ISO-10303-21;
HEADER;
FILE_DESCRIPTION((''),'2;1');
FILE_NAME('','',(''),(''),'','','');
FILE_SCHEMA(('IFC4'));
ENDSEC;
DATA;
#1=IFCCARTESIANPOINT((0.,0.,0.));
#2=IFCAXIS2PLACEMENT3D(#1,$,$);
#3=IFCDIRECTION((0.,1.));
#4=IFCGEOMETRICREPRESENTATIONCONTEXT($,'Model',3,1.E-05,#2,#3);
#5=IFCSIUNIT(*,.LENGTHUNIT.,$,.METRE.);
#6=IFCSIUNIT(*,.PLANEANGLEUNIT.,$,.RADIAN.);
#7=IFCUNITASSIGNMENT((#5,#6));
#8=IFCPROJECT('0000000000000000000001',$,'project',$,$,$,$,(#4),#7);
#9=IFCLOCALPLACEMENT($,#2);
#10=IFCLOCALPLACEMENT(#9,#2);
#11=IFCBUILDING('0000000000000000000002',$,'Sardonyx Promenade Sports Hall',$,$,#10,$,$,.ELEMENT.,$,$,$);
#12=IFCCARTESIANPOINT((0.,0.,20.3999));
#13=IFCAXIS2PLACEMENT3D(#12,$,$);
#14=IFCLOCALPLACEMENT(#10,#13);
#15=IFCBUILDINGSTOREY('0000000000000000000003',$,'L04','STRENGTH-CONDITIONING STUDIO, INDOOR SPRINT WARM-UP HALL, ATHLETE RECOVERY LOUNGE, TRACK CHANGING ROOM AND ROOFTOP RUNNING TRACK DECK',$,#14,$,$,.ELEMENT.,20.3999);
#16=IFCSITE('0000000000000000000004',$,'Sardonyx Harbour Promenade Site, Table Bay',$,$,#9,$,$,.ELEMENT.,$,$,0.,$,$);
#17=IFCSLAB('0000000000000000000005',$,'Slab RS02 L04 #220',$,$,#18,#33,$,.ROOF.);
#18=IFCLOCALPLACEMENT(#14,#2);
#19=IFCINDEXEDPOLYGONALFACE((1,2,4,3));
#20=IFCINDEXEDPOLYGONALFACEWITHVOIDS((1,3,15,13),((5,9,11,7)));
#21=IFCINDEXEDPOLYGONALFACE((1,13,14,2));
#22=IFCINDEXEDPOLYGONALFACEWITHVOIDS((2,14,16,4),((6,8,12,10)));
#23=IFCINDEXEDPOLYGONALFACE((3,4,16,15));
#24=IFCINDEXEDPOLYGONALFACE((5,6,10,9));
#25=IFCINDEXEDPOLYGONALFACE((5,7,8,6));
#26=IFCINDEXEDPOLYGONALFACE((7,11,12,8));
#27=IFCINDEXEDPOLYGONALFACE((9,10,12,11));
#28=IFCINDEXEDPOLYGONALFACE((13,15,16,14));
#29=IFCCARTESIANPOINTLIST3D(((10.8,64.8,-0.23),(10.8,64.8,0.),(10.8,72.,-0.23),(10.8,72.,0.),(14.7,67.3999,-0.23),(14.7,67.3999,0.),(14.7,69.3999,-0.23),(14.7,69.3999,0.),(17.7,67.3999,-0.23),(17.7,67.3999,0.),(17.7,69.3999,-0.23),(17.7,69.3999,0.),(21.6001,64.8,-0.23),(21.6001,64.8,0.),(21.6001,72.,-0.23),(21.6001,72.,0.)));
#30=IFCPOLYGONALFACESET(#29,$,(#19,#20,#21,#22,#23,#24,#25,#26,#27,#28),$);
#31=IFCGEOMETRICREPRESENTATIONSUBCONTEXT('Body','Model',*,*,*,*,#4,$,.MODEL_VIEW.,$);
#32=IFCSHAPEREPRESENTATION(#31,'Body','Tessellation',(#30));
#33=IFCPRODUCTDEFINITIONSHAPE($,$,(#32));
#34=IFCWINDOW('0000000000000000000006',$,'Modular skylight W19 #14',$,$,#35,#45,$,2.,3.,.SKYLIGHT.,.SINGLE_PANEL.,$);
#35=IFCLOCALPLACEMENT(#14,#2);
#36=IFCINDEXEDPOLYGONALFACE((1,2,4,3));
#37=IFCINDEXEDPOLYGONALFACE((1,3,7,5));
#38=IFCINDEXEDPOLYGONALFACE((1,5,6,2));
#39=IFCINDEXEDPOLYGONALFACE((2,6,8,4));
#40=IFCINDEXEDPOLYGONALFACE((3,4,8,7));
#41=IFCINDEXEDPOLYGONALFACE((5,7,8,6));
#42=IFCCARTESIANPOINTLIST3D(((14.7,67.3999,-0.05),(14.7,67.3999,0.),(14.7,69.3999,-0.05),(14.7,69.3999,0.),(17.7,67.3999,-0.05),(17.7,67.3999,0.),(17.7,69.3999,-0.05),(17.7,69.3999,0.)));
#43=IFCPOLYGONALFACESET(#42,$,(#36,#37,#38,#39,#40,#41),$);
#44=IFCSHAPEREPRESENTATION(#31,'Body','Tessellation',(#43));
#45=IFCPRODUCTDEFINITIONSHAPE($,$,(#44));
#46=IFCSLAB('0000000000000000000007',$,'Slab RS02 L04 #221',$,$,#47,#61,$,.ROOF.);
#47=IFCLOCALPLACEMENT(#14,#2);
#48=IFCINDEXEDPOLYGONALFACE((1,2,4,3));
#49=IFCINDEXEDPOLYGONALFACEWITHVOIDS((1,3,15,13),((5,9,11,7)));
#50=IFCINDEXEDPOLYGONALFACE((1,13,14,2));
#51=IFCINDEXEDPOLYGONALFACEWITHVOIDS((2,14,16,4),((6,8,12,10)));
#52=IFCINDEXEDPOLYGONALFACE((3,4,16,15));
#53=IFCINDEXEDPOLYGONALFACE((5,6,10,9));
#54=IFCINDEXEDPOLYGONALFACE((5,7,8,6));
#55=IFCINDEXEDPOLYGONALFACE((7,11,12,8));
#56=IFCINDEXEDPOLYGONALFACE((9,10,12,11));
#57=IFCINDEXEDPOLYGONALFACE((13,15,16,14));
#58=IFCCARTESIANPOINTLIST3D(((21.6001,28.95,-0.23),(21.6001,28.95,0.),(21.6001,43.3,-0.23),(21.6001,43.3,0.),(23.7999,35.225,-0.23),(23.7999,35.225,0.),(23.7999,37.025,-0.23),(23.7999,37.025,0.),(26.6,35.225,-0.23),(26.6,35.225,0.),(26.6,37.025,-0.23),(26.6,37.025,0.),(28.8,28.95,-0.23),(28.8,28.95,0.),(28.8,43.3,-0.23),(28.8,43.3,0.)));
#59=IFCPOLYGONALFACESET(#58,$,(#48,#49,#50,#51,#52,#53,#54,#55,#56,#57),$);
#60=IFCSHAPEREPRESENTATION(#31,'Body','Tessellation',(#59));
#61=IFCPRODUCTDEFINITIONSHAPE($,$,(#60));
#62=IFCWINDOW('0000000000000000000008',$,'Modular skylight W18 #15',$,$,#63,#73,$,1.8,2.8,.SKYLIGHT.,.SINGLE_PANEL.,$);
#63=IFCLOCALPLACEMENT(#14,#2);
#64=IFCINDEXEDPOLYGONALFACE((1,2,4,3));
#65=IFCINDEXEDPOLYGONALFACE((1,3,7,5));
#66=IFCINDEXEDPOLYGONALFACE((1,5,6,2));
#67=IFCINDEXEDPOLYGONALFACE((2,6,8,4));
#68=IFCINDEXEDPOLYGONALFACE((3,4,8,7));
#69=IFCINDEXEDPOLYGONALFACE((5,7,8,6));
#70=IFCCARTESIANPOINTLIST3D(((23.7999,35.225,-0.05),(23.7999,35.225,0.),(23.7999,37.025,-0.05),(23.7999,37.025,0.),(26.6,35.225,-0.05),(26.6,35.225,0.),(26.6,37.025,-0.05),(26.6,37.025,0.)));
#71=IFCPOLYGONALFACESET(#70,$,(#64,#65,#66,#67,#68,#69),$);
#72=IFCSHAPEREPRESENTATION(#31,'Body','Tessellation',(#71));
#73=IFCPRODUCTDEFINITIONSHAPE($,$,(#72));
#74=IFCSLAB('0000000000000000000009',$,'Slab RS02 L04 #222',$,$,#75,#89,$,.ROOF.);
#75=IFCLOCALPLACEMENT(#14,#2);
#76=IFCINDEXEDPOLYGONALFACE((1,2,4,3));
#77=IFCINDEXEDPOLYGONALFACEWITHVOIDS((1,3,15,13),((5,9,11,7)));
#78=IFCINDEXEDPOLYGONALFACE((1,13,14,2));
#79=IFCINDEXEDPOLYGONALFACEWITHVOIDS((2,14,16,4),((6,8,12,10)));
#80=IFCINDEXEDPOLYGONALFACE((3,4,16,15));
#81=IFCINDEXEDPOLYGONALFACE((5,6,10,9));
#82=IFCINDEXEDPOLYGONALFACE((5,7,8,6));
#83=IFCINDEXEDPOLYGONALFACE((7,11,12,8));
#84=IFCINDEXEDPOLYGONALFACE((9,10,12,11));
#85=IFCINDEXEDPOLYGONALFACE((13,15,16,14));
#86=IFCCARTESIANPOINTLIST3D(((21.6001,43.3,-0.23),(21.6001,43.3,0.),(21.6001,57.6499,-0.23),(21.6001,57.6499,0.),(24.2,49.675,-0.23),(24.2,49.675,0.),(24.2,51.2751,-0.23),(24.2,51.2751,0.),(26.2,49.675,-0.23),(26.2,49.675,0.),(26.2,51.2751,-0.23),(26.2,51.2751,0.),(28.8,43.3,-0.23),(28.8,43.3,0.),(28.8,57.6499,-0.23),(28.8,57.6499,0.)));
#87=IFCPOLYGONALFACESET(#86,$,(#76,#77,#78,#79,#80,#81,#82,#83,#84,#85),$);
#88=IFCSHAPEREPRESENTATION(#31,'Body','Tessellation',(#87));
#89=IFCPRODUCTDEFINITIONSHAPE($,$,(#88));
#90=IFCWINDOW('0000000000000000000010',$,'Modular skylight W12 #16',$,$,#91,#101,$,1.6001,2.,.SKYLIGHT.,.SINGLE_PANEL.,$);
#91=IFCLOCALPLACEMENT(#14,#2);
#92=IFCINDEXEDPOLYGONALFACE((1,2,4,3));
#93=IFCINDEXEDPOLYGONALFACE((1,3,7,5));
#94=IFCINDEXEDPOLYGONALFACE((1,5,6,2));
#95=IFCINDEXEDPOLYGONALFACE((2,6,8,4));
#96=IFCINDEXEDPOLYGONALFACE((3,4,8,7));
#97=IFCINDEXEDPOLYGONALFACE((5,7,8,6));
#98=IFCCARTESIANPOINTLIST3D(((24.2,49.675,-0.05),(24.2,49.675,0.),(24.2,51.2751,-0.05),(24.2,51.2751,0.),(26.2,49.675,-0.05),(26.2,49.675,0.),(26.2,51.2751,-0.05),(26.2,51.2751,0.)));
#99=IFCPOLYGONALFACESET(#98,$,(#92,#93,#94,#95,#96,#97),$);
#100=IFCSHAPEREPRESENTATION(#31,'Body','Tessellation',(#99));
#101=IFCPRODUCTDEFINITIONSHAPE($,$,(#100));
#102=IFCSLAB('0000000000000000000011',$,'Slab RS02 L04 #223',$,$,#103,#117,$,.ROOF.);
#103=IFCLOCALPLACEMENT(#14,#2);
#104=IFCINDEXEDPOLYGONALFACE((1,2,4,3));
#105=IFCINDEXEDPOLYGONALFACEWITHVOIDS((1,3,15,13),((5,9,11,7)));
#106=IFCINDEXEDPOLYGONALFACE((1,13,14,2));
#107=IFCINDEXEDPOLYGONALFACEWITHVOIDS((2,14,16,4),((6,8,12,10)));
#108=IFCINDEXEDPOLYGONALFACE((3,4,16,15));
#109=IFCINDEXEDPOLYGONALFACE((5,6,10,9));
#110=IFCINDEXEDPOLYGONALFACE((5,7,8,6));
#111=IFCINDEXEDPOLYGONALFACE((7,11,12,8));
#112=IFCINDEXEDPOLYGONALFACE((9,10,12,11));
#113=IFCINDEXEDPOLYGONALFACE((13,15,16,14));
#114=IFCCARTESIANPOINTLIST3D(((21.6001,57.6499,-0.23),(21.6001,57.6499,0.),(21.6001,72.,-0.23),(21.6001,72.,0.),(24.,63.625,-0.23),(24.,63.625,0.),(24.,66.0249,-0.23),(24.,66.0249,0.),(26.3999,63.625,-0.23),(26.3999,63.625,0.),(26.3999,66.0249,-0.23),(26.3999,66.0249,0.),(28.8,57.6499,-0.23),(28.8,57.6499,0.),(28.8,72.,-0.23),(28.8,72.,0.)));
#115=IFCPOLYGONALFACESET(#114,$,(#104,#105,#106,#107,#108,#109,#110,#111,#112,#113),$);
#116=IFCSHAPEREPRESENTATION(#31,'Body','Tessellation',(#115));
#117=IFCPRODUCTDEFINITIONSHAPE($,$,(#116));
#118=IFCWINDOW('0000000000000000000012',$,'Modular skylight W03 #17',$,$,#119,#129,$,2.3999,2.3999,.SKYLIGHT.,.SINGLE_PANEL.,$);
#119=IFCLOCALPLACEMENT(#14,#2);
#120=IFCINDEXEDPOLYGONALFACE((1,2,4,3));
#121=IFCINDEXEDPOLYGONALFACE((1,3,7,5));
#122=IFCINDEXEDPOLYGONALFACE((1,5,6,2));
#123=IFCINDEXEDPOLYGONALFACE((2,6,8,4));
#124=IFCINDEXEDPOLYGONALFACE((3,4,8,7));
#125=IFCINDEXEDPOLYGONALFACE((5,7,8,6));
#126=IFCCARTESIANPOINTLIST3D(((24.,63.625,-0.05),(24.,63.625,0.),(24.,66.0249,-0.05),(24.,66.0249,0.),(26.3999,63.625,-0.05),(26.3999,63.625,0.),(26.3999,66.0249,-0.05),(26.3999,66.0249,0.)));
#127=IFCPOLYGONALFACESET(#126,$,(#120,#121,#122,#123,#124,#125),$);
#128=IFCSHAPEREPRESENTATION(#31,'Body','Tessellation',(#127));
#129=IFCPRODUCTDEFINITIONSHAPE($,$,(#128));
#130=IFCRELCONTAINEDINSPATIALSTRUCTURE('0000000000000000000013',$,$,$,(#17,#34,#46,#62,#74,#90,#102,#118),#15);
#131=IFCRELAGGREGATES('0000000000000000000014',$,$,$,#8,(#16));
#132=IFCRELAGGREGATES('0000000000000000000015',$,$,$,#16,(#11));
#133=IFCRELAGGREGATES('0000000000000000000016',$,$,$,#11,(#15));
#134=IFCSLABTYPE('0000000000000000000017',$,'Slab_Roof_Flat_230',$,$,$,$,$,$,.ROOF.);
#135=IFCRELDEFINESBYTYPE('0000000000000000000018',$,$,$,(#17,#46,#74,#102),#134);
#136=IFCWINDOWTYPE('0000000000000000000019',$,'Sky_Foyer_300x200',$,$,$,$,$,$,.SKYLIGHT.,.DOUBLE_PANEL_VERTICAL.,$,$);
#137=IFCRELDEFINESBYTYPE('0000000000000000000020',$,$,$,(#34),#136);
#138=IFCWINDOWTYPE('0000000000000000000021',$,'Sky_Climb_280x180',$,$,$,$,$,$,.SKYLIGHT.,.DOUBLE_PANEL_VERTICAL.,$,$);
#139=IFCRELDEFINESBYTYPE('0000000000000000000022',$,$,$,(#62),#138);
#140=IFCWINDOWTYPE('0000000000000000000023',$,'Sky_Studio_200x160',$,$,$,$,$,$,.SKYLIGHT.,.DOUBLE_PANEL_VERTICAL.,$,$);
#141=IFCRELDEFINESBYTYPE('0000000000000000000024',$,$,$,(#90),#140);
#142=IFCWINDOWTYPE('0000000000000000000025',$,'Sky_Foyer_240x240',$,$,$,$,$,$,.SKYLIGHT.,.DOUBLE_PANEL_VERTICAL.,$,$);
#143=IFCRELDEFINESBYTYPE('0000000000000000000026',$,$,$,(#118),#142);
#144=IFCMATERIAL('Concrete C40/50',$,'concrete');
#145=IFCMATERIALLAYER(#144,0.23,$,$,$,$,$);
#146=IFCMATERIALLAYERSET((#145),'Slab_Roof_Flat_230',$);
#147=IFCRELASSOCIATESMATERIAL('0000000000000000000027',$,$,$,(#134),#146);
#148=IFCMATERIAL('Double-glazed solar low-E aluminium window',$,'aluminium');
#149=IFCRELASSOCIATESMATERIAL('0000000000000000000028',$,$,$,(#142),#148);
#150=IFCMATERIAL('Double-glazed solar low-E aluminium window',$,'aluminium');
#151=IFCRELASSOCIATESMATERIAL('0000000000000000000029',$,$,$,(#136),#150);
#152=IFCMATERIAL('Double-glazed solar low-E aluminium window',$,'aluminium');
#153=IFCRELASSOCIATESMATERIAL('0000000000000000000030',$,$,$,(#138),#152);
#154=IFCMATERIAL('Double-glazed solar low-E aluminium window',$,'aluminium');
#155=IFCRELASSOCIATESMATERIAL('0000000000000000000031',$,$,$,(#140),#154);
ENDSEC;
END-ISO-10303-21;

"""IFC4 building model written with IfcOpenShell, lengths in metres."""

from ifc_helpers import new_model, si_unit, direction, frame, origin, origin_2d, place, context, subcontext, project, spatial, polyline, rectangle, outline, extrude, material, layer, layer_set, type_object, element, fill, save


model = new_model("IFC4")

# Units and contexts
model_context = context("Model", 3, precision=1e-05, world=origin(), true_north=direction((0.0, 1.0)))
body_context = subcontext(model_context, "Body", "Model", "MODEL_VIEW")
ifc_project = project(units=[si_unit("LENGTHUNIT", "METRE"), si_unit("PLANEANGLEUNIT", "RADIAN")], contexts=[model_context])

# Site, building, storey
site_placement = place(None, origin())
site = spatial("IfcSite", under=ifc_project, at=site_placement, Name="Sardonyx Harbour Promenade Site, Table Bay", CompositionType="ELEMENT", RefElevation=0.0)
building_placement = place(site_placement, origin())
building = spatial("IfcBuilding", under=site, at=building_placement, Name="Sardonyx Promenade Sports Hall", CompositionType="ELEMENT")
storey_placement = place(building_placement, frame((0.0, 0.0, 20.3999)))
storey = spatial("IfcBuildingStorey", under=building, at=storey_placement, Name="L04", Description="STRENGTH-CONDITIONING STUDIO, INDOOR SPRINT WARM-UP HALL, ATHLETE RECOVERY LOUNGE, TRACK CHANGING ROOM AND ROOFTOP RUNNING TRACK DECK", CompositionType="ELEMENT", Elevation=20.3999)

# Shared definitions
ifc_material_1 = material(Name="Concrete C40/50", Category="concrete")
ifc_layer_1 = layer(ifc_material_1, 0.23)
ifc_layer_set_1 = layer_set([ifc_layer_1], Name="Slab_Roof_Flat_230")
slab_type_1 = type_object("IfcSlabType", Name="Slab_Roof_Flat_230", PredefinedType="ROOF", material=ifc_layer_set_1)

# Slabs, openings, windows
ifc_material_2 = material(Name="Double-glazed solar low-E aluminium window", Category="aluminium")
window_type_1 = type_object("IfcWindowType", Name="Sky_Foyer_240x240", PartitioningType="DOUBLE_PANEL_VERTICAL", PredefinedType="SKYLIGHT", material=ifc_material_2)
slab_1_placement = place(storey_placement, frame((0.0, 0.0, -0.23)))
slab_1 = element("IfcSlab", 1, at=slab_1_placement, inside=storey, type_object=slab_type_1, Name="Slab RS02 L04 #220", PredefinedType="ROOF", context=body_context, shape_type="SweptSolid", body=[
    extrude(outline(polyline([(10.8, 64.8), (21.6001, 64.8), (21.6001, 72.0), (10.8, 72.0), (10.8, 64.8)])), origin(), (0.0, 0.0, 1.0), 0.23),
])
opening_1_placement = place(slab_1_placement, frame((16.2, 68.3999, 0.0)))
opening_1 = element("IfcOpeningElement", 2, at=opening_1_placement, cuts=slab_1, PredefinedType="OPENING", context=body_context, shape_type="SweptSolid", body=[
    extrude(rectangle(XDim=3.0, YDim=2.0, at=origin_2d()), origin(), (0.0, 0.0, 1.0), 0.23),
])
ifc_material_3 = material(Name="Double-glazed solar low-E aluminium window", Category="aluminium")
window_type_2 = type_object("IfcWindowType", Name="Sky_Foyer_300x200", PartitioningType="DOUBLE_PANEL_VERTICAL", PredefinedType="SKYLIGHT", material=ifc_material_3)
window_1_placement = place(opening_1_placement, frame((0.0, 0.0, 0.1799)))
window_1 = element("IfcWindow", 3, at=window_1_placement, inside=storey, type_object=window_type_2, Name="Modular skylight W19 #14", OverallHeight=2.0, OverallWidth=3.0, PartitioningType="SINGLE_PANEL", PredefinedType="SKYLIGHT", context=body_context, shape_type="SweptSolid", body=[
    extrude(rectangle(XDim=3.0, YDim=2.0, at=origin_2d()), origin(), (0.0, 0.0, 1.0), 0.05),
])
fill(opening_1, window_1)
slab_2_placement = place(storey_placement, frame((0.0, 0.0, -0.23)))
slab_2 = element("IfcSlab", 4, at=slab_2_placement, inside=storey, type_object=slab_type_1, Name="Slab RS02 L04 #221", PredefinedType="ROOF", context=body_context, shape_type="SweptSolid", body=[
    extrude(outline(polyline([(21.6001, 28.95), (28.8, 28.95), (28.8, 43.3), (21.6001, 43.3), (21.6001, 28.95)])), origin(), (0.0, 0.0, 1.0), 0.23),
])
opening_2_placement = place(slab_2_placement, frame((25.2, 36.125, 0.0)))
opening_2 = element("IfcOpeningElement", 5, at=opening_2_placement, cuts=slab_2, PredefinedType="OPENING", context=body_context, shape_type="SweptSolid", body=[
    extrude(rectangle(XDim=2.8, YDim=1.8, at=origin_2d()), origin(), (0.0, 0.0, 1.0), 0.23),
])
ifc_material_4 = material(Name="Double-glazed solar low-E aluminium window", Category="aluminium")
window_type_3 = type_object("IfcWindowType", Name="Sky_Climb_280x180", PartitioningType="DOUBLE_PANEL_VERTICAL", PredefinedType="SKYLIGHT", material=ifc_material_4)
window_2_placement = place(opening_2_placement, frame((0.0, 0.0, 0.1799)))
window_2 = element("IfcWindow", 6, at=window_2_placement, inside=storey, type_object=window_type_3, Name="Modular skylight W18 #15", OverallHeight=1.8, OverallWidth=2.8, PartitioningType="SINGLE_PANEL", PredefinedType="SKYLIGHT", context=body_context, shape_type="SweptSolid", body=[
    extrude(rectangle(XDim=2.8, YDim=1.8, at=origin_2d()), origin(), (0.0, 0.0, 1.0), 0.05),
])
fill(opening_2, window_2)
slab_3_placement = place(storey_placement, frame((0.0, 0.0, -0.23)))
slab_3 = element("IfcSlab", 7, at=slab_3_placement, inside=storey, type_object=slab_type_1, Name="Slab RS02 L04 #222", PredefinedType="ROOF", context=body_context, shape_type="SweptSolid", body=[
    extrude(outline(polyline([(21.6001, 43.3), (28.8, 43.3), (28.8, 57.6499), (21.6001, 57.6499), (21.6001, 43.3)])), origin(), (0.0, 0.0, 1.0), 0.23),
])
opening_3_placement = place(slab_3_placement, frame((25.2, 50.4751, 0.0)))
opening_3 = element("IfcOpeningElement", 8, at=opening_3_placement, cuts=slab_3, PredefinedType="OPENING", context=body_context, shape_type="SweptSolid", body=[
    extrude(rectangle(XDim=2.0, YDim=1.6001, at=origin_2d()), origin(), (0.0, 0.0, 1.0), 0.23),
])
ifc_material_5 = material(Name="Double-glazed solar low-E aluminium window", Category="aluminium")
window_type_4 = type_object("IfcWindowType", Name="Sky_Studio_200x160", PartitioningType="DOUBLE_PANEL_VERTICAL", PredefinedType="SKYLIGHT", material=ifc_material_5)
window_3_placement = place(opening_3_placement, frame((0.0, 0.0, 0.1799)))
window_3 = element("IfcWindow", 9, at=window_3_placement, inside=storey, type_object=window_type_4, Name="Modular skylight W12 #16", OverallHeight=1.6001, OverallWidth=2.0, PartitioningType="SINGLE_PANEL", PredefinedType="SKYLIGHT", context=body_context, shape_type="SweptSolid", body=[
    extrude(rectangle(XDim=2.0, YDim=1.6001, at=origin_2d()), origin(), (0.0, 0.0, 1.0), 0.05),
])
fill(opening_3, window_3)
slab_4_placement = place(storey_placement, frame((0.0, 0.0, -0.23)))
slab_4 = element("IfcSlab", 10, at=slab_4_placement, inside=storey, type_object=slab_type_1, Name="Slab RS02 L04 #223", PredefinedType="ROOF", context=body_context, shape_type="SweptSolid", body=[
    extrude(outline(polyline([(21.6001, 57.6499), (28.8, 57.6499), (28.8, 72.0), (21.6001, 72.0), (21.6001, 57.6499)])), origin(), (0.0, 0.0, 1.0), 0.23),
])
opening_4_placement = place(slab_4_placement, frame((25.2, 64.825, 0.0)))
opening_4 = element("IfcOpeningElement", 11, at=opening_4_placement, cuts=slab_4, PredefinedType="OPENING", context=body_context, shape_type="SweptSolid", body=[
    extrude(rectangle(XDim=2.3999, YDim=2.3999, at=origin_2d()), origin(), (0.0, 0.0, 1.0), 0.23),
])
window_4_placement = place(opening_4_placement, frame((0.0, 0.0, 0.1799)))
window_4 = element("IfcWindow", 12, at=window_4_placement, inside=storey, type_object=window_type_1, Name="Modular skylight W03 #17", OverallHeight=2.3999, OverallWidth=2.3999, PartitioningType="SINGLE_PANEL", PredefinedType="SKYLIGHT", context=body_context, shape_type="SweptSolid", body=[
    extrude(rectangle(XDim=2.3999, YDim=2.3999, at=origin_2d()), origin(), (0.0, 0.0, 1.0), 0.05),
])
fill(opening_4, window_4)

save(model, "model.ifc")
